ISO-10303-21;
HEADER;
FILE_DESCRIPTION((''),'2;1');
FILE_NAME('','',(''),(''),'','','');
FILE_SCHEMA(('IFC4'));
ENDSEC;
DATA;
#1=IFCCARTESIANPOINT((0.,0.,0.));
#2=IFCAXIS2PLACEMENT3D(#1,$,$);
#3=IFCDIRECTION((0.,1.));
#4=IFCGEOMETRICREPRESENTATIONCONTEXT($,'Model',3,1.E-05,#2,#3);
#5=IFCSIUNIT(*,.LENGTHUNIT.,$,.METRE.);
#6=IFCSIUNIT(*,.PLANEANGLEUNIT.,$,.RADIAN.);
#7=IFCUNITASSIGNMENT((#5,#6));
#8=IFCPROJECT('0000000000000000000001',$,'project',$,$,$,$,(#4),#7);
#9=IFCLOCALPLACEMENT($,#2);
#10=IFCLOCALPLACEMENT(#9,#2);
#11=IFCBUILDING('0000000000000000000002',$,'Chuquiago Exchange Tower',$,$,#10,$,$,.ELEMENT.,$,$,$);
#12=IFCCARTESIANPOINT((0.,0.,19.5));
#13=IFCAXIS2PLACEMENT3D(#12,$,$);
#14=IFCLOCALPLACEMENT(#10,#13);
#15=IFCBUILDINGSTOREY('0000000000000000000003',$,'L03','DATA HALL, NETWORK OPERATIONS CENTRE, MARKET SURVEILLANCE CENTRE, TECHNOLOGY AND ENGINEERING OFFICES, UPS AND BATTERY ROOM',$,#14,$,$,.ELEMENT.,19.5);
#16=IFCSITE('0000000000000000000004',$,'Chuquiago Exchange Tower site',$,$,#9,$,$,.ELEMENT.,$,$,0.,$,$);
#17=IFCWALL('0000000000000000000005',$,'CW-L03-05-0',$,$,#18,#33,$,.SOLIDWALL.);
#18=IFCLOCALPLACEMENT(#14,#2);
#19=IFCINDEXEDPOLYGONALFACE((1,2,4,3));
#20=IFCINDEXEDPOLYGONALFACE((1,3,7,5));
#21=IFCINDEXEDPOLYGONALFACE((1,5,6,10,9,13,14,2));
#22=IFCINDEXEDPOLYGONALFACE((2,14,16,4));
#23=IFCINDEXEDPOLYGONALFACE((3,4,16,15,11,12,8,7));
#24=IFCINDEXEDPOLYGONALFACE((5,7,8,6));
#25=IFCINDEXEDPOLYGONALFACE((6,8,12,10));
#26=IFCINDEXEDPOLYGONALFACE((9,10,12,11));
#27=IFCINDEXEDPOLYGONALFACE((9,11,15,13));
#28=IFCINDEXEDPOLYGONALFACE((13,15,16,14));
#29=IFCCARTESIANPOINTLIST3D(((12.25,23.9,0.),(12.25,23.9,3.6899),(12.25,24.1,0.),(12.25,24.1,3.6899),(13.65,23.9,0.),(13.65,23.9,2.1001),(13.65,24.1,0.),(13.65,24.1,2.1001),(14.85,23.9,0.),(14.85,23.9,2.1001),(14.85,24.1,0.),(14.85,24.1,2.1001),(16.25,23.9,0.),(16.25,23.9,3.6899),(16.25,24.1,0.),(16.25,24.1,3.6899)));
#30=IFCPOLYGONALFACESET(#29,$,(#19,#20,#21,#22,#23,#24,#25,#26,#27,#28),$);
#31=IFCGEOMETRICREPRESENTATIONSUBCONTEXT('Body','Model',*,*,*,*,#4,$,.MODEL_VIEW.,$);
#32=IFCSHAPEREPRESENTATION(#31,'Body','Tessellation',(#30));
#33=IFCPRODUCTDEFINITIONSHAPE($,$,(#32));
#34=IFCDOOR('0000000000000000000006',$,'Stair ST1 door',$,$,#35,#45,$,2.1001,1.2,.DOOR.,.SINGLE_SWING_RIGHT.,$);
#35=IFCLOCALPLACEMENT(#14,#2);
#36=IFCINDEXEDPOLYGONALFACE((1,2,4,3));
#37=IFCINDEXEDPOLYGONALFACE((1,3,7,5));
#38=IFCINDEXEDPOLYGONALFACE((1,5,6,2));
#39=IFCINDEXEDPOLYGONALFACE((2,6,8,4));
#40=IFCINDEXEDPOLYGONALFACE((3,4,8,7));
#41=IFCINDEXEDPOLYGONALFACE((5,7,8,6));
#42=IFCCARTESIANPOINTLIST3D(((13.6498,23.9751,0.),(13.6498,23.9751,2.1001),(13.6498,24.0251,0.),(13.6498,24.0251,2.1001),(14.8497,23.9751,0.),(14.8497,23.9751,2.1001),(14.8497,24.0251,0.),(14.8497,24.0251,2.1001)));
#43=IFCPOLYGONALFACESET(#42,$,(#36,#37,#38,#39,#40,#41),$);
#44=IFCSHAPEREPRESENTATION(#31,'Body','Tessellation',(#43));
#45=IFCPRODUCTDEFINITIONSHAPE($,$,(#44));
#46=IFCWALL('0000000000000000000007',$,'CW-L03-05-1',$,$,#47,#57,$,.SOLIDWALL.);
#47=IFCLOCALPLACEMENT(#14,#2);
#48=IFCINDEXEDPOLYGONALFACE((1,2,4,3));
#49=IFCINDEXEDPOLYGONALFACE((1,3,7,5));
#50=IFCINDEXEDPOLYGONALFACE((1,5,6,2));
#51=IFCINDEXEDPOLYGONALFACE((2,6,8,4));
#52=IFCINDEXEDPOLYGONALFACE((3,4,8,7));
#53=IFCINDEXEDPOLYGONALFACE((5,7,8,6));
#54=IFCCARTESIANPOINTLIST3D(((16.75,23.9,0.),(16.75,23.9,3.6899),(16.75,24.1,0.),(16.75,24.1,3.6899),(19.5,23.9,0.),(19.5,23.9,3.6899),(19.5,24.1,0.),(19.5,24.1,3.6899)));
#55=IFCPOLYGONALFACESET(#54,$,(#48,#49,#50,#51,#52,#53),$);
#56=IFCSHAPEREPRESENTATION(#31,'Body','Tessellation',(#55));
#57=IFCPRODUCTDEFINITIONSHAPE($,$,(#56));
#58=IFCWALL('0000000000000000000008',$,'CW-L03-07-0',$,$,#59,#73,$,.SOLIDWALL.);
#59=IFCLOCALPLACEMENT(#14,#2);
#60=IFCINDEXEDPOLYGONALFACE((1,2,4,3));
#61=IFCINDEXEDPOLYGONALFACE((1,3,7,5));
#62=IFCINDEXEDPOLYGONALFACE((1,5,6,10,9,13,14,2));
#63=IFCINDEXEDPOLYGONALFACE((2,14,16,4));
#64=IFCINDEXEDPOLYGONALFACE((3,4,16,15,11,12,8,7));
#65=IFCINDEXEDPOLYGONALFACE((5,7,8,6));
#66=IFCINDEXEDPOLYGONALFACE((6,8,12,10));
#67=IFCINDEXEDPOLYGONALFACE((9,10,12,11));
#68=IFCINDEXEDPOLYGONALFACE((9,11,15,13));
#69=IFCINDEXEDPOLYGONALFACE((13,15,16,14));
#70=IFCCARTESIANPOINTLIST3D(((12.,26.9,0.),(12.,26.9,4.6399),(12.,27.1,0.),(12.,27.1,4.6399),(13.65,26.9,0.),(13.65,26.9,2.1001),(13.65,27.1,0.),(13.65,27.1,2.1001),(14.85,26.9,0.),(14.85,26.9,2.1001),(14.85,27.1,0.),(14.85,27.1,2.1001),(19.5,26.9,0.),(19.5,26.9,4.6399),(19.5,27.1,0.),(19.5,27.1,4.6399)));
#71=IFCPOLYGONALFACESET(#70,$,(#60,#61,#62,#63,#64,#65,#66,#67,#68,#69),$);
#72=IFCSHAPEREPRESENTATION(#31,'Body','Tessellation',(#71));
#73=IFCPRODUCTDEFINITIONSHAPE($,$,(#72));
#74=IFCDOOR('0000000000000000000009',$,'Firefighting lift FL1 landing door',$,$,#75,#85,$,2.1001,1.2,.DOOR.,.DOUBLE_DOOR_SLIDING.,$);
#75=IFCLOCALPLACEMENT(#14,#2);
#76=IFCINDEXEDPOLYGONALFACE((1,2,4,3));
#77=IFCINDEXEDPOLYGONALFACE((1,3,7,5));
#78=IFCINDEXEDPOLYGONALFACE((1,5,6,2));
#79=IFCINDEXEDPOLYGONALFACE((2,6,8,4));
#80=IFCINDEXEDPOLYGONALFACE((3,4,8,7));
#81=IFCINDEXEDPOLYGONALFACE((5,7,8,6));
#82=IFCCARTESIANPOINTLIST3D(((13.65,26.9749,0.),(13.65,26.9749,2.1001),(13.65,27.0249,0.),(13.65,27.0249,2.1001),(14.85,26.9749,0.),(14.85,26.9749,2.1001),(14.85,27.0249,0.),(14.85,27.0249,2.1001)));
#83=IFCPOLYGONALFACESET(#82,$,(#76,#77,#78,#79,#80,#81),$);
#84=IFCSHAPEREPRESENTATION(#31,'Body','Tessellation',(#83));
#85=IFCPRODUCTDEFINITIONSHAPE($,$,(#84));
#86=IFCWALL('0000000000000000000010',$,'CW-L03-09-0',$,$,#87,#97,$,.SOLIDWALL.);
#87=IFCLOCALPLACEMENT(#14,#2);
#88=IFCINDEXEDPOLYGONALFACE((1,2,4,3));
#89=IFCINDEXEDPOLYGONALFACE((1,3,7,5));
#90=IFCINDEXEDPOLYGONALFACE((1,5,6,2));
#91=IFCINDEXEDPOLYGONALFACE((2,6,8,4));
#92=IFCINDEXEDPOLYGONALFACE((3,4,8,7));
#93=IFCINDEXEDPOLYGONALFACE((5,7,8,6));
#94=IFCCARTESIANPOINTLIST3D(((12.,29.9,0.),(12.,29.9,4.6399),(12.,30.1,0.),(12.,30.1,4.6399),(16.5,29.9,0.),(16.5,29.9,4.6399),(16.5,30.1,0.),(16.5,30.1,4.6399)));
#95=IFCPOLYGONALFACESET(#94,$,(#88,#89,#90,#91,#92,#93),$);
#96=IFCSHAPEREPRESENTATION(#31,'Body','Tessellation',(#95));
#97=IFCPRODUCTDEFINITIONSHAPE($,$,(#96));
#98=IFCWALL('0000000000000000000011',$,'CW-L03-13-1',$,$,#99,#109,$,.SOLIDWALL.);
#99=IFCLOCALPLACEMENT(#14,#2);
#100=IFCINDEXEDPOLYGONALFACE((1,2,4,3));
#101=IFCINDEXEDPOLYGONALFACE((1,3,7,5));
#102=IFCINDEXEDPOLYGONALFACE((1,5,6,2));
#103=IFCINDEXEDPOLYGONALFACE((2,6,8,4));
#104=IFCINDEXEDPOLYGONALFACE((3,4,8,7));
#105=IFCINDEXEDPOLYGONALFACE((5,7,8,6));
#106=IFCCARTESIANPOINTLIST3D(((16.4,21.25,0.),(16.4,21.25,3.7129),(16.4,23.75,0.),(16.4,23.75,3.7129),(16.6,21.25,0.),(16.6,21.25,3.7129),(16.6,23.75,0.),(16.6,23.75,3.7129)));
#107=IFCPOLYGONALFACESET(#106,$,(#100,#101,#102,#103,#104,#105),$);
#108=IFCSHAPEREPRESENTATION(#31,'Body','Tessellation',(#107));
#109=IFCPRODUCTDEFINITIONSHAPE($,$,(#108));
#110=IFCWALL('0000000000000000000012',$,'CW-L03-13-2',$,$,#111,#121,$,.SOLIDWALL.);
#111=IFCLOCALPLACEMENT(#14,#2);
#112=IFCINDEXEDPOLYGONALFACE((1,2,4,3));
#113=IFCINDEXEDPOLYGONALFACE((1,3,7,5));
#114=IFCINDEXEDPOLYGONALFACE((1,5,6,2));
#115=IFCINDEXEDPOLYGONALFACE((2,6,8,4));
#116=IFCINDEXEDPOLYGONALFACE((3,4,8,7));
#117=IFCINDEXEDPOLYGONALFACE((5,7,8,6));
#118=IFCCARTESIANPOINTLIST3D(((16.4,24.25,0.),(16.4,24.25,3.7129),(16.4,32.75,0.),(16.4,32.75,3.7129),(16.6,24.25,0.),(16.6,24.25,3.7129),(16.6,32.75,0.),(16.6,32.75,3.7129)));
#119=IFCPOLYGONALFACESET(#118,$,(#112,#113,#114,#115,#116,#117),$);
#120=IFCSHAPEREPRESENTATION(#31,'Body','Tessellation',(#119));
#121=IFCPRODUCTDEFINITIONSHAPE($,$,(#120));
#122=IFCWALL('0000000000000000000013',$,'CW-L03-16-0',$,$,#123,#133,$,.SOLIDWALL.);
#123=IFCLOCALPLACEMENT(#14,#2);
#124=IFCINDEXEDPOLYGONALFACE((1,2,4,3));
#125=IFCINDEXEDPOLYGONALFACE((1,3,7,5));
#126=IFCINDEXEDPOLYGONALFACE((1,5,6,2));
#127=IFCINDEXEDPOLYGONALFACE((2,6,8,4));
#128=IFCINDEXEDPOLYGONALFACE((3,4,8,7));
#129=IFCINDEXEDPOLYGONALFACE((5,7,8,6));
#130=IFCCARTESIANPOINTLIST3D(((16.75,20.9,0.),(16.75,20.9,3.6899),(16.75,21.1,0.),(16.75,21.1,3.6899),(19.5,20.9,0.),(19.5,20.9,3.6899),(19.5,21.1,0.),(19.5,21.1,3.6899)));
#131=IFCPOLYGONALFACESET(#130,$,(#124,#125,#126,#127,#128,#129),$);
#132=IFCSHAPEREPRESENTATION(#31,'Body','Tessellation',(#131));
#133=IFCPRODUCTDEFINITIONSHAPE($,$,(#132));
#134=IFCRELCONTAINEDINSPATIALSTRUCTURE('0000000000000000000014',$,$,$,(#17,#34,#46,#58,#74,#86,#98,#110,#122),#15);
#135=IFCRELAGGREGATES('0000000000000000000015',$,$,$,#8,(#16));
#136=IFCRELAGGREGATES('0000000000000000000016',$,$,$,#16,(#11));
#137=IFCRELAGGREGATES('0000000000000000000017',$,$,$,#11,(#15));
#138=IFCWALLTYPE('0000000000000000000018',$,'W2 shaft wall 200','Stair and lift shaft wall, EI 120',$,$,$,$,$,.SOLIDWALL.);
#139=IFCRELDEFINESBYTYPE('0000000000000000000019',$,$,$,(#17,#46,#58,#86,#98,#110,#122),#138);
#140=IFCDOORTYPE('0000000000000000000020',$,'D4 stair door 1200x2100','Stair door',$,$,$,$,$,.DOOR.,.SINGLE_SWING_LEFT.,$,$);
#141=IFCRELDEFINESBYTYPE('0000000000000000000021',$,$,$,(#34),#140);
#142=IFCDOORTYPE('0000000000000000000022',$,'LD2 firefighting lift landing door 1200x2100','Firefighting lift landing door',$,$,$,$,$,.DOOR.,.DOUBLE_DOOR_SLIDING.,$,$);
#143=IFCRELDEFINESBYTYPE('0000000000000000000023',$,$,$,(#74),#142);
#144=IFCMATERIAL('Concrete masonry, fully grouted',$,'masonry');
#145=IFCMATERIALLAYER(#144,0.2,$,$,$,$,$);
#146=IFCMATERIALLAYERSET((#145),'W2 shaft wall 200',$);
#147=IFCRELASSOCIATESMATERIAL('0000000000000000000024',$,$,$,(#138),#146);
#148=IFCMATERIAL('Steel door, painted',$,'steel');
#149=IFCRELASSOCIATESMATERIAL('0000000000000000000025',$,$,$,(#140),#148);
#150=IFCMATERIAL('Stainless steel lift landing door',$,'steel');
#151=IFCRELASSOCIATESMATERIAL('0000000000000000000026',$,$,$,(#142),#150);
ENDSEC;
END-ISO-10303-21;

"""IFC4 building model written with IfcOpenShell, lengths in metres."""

from ifc_helpers import new_model, si_unit, direction, frame, frame_2d, origin, place, context, subcontext, project, spatial, rectangle, extrude, material, layer, layer_set, type_object, element, fill, save


model = new_model("IFC4")

# Units and contexts
model_context = context("Model", 3, precision=1e-05, world=origin(), true_north=direction((0.0, 1.0)))
body_context = subcontext(model_context, "Body", "Model", "MODEL_VIEW")
ifc_project = project(units=[si_unit("LENGTHUNIT", "METRE"), si_unit("PLANEANGLEUNIT", "RADIAN")], contexts=[model_context])

# Site, building, storey
site_placement = place(None, origin())
site = spatial("IfcSite", under=ifc_project, at=site_placement, Name="Chuquiago Exchange Tower site", CompositionType="ELEMENT", RefElevation=0.0)
building_placement = place(site_placement, origin())
building = spatial("IfcBuilding", under=site, at=building_placement, Name="Chuquiago Exchange Tower", CompositionType="ELEMENT")
storey_placement = place(building_placement, frame((0.0, 0.0, 19.5)))
storey = spatial("IfcBuildingStorey", under=building, at=storey_placement, Name="L03", Description="DATA HALL, NETWORK OPERATIONS CENTRE, MARKET SURVEILLANCE CENTRE, TECHNOLOGY AND ENGINEERING OFFICES, UPS AND BATTERY ROOM", CompositionType="ELEMENT", Elevation=19.5)

# Wall, opening, door
ifc_material_1 = material(Name="Concrete masonry, fully grouted", Category="masonry")
ifc_layer_1 = layer(ifc_material_1, 0.2)
ifc_layer_set_1 = layer_set([ifc_layer_1], Name="W2 shaft wall 200")
wall_type_1 = type_object("IfcWallType", Name="W2 shaft wall 200", Description="Stair and lift shaft wall, EI 120", PredefinedType="SOLIDWALL", material=ifc_layer_set_1)
wall_1_placement = place(storey_placement, frame((12.25, 24.0, 0.0), z_axis=(0.0, 0.0, 1.0), x_axis=(1.0, 0.0, 0.0)))
wall_1 = element("IfcWall", 1, at=wall_1_placement, inside=storey, type_object=wall_type_1, Name="CW-L03-05-0", PredefinedType="SOLIDWALL", context=body_context, shape_type="SweptSolid", body=[
    extrude(rectangle(XDim=4.0, YDim=0.2, at=frame_2d((2.0, 0.0))), origin(), (0.0, 0.0, 1.0), 3.6899),
])
opening_1_placement = place(wall_1_placement, frame((1.3999, 0.0, 0.0)))
opening_1 = element("IfcOpeningElement", 2, at=opening_1_placement, cuts=wall_1, PredefinedType="OPENING", context=body_context, shape_type="SweptSolid", body=[
    extrude(rectangle(XDim=1.2, YDim=2.1001, at=frame_2d((0.6001, 1.05))), frame((0.0, 0.1099, 0.0), z_axis=(0.0, -1.0, 0.0), x_axis=(1.0, 0.0, 0.0)), (0.0, 0.0, 1.0), 0.22),
])
ifc_material_2 = material(Name="Steel door, painted", Category="steel")
door_type_1 = type_object("IfcDoorType", Name="D4 stair door 1200x2100", Description="Stair door", OperationType="SINGLE_SWING_LEFT", PredefinedType="DOOR", material=ifc_material_2)
door_1_placement = place(opening_1_placement, frame((1.2, 0.0, 0.0), z_axis=(0.0, 0.0, 1.0), x_axis=(-1.0, 0.0, 0.0)))
door_1 = element("IfcDoor", 3, at=door_1_placement, inside=storey, type_object=door_type_1, Name="Stair ST1 door", OperationType="SINGLE_SWING_RIGHT", OverallHeight=2.1001, OverallWidth=1.2, PredefinedType="DOOR", context=body_context, shape_type="SweptSolid", body=[
    extrude(rectangle(XDim=1.2, YDim=2.1001, at=frame_2d((0.6001, 1.05))), frame((0.0, 0.0249, 0.0), z_axis=(0.0, -1.0, 0.0), x_axis=(1.0, 0.0, 0.0)), (0.0, 0.0, 1.0), 0.05),
])
fill(opening_1, door_1)

# Wall
wall_2_placement = place(storey_placement, frame((16.75, 24.0, 0.0), z_axis=(0.0, 0.0, 1.0), x_axis=(1.0, 0.0, 0.0)))
element("IfcWall", 4, at=wall_2_placement, inside=storey, type_object=wall_type_1, Name="CW-L03-05-1", PredefinedType="SOLIDWALL", context=body_context, shape_type="SweptSolid", body=[
    extrude(rectangle(XDim=2.75, YDim=0.2, at=frame_2d((1.375, 0.0))), origin(), (0.0, 0.0, 1.0), 3.6899),
])

# Wall, opening, door
wall_3_placement = place(storey_placement, frame((12.0, 27.0, 0.0), z_axis=(0.0, 0.0, 1.0), x_axis=(1.0, 0.0, 0.0)))
wall_3 = element("IfcWall", 5, at=wall_3_placement, inside=storey, type_object=wall_type_1, Name="CW-L03-07-0", PredefinedType="SOLIDWALL", context=body_context, shape_type="SweptSolid", body=[
    extrude(rectangle(XDim=7.5, YDim=0.2, at=frame_2d((3.75, 0.0))), origin(), (0.0, 0.0, 1.0), 4.6399),
])
opening_2_placement = place(wall_3_placement, frame((1.6499, 0.0, 0.0)))
opening_2 = element("IfcOpeningElement", 6, at=opening_2_placement, cuts=wall_3, PredefinedType="OPENING", context=body_context, shape_type="SweptSolid", body=[
    extrude(rectangle(XDim=1.2, YDim=2.1001, at=frame_2d((0.6001, 1.05))), frame((0.0, 0.1099, 0.0), z_axis=(0.0, -1.0, 0.0), x_axis=(1.0, 0.0, 0.0)), (0.0, 0.0, 1.0), 0.22),
])
ifc_material_3 = material(Name="Stainless steel lift landing door", Category="steel")
door_type_2 = type_object("IfcDoorType", Name="LD2 firefighting lift landing door 1200x2100", Description="Firefighting lift landing door", OperationType="DOUBLE_DOOR_SLIDING", PredefinedType="DOOR", material=ifc_material_3)
door_2_placement = place(opening_2_placement, origin())
door_2 = element("IfcDoor", 7, at=door_2_placement, inside=storey, type_object=door_type_2, Name="Firefighting lift FL1 landing door", OperationType="DOUBLE_DOOR_SLIDING", OverallHeight=2.1001, OverallWidth=1.2, PredefinedType="DOOR", context=body_context, shape_type="SweptSolid", body=[
    extrude(rectangle(XDim=1.2, YDim=2.1001, at=frame_2d((0.6001, 1.05))), frame((0.0, 0.0249, 0.0), z_axis=(0.0, -1.0, 0.0), x_axis=(1.0, 0.0, 0.0)), (0.0, 0.0, 1.0), 0.05),
])
fill(opening_2, door_2)

# Walls
wall_4_placement = place(storey_placement, frame((12.0, 30.0, 0.0), z_axis=(0.0, 0.0, 1.0), x_axis=(1.0, 0.0, 0.0)))
element("IfcWall", 8, at=wall_4_placement, inside=storey, type_object=wall_type_1, Name="CW-L03-09-0", PredefinedType="SOLIDWALL", context=body_context, shape_type="SweptSolid", body=[
    extrude(rectangle(XDim=4.5, YDim=0.2, at=frame_2d((2.25, 0.0))), origin(), (0.0, 0.0, 1.0), 4.6399),
])
wall_5_placement = place(storey_placement, frame((16.5, 21.25, 0.0), z_axis=(0.0, 0.0, 1.0), x_axis=(0.0, 1.0, 0.0)))
element("IfcWall", 9, at=wall_5_placement, inside=storey, type_object=wall_type_1, Name="CW-L03-13-1", PredefinedType="SOLIDWALL", context=body_context, shape_type="SweptSolid", body=[
    extrude(rectangle(XDim=2.5, YDim=0.2, at=frame_2d((1.25, 0.0))), origin(), (0.0, 0.0, 1.0), 3.7129),
])
wall_6_placement = place(storey_placement, frame((16.5, 24.25, 0.0), z_axis=(0.0, 0.0, 1.0), x_axis=(0.0, 1.0, 0.0)))
element("IfcWall", 10, at=wall_6_placement, inside=storey, type_object=wall_type_1, Name="CW-L03-13-2", PredefinedType="SOLIDWALL", context=body_context, shape_type="SweptSolid", body=[
    extrude(rectangle(XDim=8.5, YDim=0.2, at=frame_2d((4.25, 0.0))), origin(), (0.0, 0.0, 1.0), 3.7129),
])
wall_7_placement = place(storey_placement, frame((16.75, 21.0, 0.0), z_axis=(0.0, 0.0, 1.0), x_axis=(1.0, 0.0, 0.0)))
element("IfcWall", 11, at=wall_7_placement, inside=storey, type_object=wall_type_1, Name="CW-L03-16-0", PredefinedType="SOLIDWALL", context=body_context, shape_type="SweptSolid", body=[
    extrude(rectangle(XDim=2.75, YDim=0.2, at=frame_2d((1.375, 0.0))), origin(), (0.0, 0.0, 1.0), 3.6899),
])

save(model, "model.ifc")
